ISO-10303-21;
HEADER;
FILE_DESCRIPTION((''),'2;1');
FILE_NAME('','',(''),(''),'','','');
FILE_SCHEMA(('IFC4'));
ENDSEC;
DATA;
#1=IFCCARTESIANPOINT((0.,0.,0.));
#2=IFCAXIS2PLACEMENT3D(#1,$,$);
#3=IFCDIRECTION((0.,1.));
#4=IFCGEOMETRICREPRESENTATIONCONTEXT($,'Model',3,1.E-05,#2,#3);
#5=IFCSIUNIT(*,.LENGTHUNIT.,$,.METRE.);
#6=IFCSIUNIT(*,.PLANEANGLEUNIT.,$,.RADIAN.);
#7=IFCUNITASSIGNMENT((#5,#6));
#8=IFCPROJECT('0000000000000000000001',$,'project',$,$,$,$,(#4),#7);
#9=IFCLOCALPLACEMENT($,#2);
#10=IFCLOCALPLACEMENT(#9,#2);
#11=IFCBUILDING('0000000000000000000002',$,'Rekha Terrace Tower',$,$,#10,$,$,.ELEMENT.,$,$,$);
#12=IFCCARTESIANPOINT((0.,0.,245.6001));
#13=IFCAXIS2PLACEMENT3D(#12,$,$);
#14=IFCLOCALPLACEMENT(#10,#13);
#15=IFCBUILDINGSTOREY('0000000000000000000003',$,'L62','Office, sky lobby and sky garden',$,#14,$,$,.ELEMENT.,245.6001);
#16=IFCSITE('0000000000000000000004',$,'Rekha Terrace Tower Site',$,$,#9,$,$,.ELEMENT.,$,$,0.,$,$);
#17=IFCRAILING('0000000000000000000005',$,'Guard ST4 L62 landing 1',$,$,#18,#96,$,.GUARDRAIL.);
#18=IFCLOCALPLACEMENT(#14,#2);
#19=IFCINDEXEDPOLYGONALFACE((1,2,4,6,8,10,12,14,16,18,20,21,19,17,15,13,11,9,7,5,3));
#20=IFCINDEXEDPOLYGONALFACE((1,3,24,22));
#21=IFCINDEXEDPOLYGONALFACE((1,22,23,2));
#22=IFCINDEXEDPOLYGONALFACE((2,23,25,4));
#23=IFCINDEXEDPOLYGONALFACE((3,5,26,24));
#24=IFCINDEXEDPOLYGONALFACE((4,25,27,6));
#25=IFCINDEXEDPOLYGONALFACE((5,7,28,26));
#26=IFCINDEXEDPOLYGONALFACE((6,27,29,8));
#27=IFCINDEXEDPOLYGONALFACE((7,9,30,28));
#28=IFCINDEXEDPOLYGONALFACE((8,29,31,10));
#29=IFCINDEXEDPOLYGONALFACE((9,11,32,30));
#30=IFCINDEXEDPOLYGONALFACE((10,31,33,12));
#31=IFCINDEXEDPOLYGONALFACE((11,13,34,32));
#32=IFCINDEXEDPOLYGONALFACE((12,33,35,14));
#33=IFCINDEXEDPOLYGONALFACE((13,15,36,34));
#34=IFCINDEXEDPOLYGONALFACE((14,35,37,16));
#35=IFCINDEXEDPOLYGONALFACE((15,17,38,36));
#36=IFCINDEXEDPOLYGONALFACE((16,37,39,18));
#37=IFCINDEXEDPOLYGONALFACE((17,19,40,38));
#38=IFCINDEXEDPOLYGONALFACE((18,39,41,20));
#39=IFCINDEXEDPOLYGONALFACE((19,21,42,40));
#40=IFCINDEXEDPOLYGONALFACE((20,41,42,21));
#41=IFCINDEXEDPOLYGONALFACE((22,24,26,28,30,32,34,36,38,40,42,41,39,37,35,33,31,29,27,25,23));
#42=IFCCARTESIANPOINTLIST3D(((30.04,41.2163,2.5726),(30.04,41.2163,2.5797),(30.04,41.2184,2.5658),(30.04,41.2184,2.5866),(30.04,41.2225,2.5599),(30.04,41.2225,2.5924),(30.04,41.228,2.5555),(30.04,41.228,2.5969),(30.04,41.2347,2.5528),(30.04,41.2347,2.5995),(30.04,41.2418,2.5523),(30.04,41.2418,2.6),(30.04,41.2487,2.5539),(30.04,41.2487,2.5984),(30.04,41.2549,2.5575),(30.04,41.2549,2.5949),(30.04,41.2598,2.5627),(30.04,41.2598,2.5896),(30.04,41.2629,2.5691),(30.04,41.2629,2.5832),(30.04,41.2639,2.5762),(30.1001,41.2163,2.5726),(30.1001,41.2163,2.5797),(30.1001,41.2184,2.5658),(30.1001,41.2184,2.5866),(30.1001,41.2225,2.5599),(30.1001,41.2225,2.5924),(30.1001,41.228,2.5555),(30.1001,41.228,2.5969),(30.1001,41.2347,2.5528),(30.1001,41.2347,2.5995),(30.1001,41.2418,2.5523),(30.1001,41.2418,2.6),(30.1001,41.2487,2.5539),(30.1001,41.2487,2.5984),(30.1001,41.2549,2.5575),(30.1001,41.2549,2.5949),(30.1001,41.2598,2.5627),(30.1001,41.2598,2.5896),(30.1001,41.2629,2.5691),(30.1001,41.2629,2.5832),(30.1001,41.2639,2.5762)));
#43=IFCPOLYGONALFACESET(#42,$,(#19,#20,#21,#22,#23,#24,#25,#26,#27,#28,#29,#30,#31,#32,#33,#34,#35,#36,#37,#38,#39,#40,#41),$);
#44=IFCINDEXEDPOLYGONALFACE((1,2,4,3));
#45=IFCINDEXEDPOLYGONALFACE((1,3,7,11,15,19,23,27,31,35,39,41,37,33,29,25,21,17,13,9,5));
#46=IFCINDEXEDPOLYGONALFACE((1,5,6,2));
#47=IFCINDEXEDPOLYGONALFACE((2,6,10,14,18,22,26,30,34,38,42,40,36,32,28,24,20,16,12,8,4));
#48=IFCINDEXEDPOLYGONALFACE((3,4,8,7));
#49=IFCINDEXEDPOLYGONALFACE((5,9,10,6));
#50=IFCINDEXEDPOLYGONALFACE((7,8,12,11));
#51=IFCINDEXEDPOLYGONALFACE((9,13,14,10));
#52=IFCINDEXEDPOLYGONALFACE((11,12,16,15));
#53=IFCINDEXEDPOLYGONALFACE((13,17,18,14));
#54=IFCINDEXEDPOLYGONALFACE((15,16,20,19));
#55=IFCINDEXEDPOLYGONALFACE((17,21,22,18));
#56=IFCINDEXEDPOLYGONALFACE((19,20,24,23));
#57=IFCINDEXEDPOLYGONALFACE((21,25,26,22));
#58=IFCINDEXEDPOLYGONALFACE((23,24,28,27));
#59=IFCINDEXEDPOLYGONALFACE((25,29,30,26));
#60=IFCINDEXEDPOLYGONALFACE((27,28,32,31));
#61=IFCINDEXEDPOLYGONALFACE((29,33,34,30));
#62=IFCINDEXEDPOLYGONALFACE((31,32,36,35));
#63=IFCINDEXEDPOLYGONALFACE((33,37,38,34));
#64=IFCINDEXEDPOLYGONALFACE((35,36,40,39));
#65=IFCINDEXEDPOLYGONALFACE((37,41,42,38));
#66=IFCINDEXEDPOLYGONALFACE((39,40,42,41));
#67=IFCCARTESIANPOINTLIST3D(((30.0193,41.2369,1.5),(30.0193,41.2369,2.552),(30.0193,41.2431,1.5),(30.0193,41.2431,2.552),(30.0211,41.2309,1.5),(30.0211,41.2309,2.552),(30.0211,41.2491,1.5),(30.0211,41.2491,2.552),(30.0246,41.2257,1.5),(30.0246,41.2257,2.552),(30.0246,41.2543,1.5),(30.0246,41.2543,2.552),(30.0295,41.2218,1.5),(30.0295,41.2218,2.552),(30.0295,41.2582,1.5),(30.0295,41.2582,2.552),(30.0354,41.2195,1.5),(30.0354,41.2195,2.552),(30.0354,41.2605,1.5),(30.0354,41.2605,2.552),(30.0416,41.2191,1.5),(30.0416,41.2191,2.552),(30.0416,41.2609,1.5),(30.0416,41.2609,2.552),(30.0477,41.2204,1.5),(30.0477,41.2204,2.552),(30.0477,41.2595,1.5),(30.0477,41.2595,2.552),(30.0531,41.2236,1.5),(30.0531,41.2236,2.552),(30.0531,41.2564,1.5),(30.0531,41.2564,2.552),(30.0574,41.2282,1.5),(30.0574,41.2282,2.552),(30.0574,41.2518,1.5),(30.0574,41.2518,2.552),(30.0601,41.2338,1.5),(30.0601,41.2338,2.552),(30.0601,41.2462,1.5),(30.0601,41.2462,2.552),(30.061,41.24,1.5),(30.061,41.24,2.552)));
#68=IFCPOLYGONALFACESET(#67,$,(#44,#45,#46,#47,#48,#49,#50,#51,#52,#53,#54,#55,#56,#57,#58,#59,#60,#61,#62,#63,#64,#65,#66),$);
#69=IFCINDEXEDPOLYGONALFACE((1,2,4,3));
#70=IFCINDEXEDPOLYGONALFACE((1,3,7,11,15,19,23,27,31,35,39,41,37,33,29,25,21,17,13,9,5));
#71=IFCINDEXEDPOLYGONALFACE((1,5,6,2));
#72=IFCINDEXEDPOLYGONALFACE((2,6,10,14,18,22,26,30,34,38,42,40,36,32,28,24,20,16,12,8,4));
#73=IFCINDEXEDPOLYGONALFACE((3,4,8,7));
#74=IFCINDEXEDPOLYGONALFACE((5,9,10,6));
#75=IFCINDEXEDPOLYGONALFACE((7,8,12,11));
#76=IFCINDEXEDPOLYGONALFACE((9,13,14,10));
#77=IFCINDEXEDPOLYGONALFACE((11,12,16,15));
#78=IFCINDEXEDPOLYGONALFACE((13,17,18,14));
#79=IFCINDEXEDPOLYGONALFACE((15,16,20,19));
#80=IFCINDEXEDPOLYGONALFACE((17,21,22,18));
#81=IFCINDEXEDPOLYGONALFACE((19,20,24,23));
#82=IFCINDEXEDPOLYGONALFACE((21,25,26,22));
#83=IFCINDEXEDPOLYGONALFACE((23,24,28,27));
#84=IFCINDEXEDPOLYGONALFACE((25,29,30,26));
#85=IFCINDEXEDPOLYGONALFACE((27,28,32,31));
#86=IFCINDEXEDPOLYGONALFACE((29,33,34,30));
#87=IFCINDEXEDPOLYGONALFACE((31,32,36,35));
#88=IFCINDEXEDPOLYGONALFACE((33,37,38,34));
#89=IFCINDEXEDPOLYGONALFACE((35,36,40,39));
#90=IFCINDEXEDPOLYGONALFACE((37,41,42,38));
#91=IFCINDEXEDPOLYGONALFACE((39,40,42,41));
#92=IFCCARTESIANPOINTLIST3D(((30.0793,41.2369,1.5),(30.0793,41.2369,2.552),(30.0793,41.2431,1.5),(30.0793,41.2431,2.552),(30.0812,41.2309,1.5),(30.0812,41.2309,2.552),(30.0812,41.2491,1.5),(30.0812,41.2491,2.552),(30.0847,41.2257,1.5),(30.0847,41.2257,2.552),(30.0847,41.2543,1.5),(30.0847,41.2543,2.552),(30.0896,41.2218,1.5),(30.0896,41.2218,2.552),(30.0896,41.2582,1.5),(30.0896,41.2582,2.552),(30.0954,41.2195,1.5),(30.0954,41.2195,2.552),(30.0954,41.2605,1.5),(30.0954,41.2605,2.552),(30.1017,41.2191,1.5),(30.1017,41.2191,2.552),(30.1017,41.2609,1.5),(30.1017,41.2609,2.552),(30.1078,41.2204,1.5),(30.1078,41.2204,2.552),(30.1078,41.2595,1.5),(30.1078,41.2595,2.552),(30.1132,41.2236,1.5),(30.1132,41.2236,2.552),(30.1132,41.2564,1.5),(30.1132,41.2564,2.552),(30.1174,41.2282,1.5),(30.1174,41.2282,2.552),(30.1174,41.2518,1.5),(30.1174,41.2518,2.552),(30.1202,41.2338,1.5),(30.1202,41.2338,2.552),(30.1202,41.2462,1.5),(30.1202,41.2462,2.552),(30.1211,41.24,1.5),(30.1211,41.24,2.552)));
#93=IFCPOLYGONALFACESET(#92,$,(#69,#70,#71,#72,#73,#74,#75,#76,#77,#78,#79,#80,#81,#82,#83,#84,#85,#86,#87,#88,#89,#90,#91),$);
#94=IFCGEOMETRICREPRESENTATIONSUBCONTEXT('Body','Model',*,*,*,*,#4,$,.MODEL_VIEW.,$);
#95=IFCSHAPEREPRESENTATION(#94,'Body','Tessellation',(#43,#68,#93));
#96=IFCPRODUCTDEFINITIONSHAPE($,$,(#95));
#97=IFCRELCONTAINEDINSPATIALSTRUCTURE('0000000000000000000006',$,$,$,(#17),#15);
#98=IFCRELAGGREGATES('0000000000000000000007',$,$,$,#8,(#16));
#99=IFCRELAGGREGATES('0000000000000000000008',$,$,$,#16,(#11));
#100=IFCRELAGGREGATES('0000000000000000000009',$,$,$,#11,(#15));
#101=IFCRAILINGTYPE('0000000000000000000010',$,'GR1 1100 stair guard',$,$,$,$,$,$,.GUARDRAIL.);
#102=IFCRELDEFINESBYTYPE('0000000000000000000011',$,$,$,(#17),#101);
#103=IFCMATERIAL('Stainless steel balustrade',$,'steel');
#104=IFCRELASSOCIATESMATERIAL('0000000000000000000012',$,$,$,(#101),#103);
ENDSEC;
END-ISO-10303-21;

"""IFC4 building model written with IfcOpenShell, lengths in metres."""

from ifc_helpers import new_model, si_unit, direction, frame, origin, origin_2d, place, context, subcontext, project, spatial, circle, extrude, material, type_object, element, save


model = new_model("IFC4")

# Units and contexts
model_context = context("Model", 3, precision=1e-05, world=origin(), true_north=direction((0.0, 1.0)))
body_context = subcontext(model_context, "Body", "Model", "MODEL_VIEW")
ifc_project = project(units=[si_unit("LENGTHUNIT", "METRE"), si_unit("PLANEANGLEUNIT", "RADIAN")], contexts=[model_context])

# Site, building, storey
site_placement = place(None, origin())
site = spatial("IfcSite", under=ifc_project, at=site_placement, Name="Rekha Terrace Tower Site", CompositionType="ELEMENT", RefElevation=0.0)
building_placement = place(site_placement, origin())
building = spatial("IfcBuilding", under=site, at=building_placement, Name="Rekha Terrace Tower", CompositionType="ELEMENT")
storey_placement = place(building_placement, frame((0.0, 0.0, 245.6001)))
storey = spatial("IfcBuildingStorey", under=building, at=storey_placement, Name="L62", Description="Office, sky lobby and sky garden", CompositionType="ELEMENT", Elevation=245.6001)

# Railing
ifc_material_1 = material(Name="Stainless steel balustrade", Category="steel")
railing_type_1 = type_object("IfcRailingType", Name="GR1 1100 stair guard", PredefinedType="GUARDRAIL", material=ifc_material_1)
railing_1_placement = place(storey_placement, frame((30.04, 41.24, 1.5)))
element("IfcRailing", 1, at=railing_1_placement, inside=storey, type_object=railing_type_1, Name="Guard ST4 L62 landing 1", PredefinedType="GUARDRAIL", context=body_context, shape_type="SweptSolid", body=[
    extrude(circle(Radius=0.0239, at=origin_2d()), frame((0.0, 0.0, 1.0762), z_axis=(1.0, 0.0, 0.0), x_axis=(0.0, 1.0, 0.0)), (0.0, 0.0, 1.0), 0.0601),
    extrude(circle(Radius=0.021, at=origin_2d()), origin(), (0.0, 0.0, 1.0), 1.052),
    extrude(circle(Radius=0.021, at=origin_2d()), frame((0.0601, 0.0, 0.0)), (0.0, 0.0, 1.0), 1.052),
])

save(model, "model.ifc")
